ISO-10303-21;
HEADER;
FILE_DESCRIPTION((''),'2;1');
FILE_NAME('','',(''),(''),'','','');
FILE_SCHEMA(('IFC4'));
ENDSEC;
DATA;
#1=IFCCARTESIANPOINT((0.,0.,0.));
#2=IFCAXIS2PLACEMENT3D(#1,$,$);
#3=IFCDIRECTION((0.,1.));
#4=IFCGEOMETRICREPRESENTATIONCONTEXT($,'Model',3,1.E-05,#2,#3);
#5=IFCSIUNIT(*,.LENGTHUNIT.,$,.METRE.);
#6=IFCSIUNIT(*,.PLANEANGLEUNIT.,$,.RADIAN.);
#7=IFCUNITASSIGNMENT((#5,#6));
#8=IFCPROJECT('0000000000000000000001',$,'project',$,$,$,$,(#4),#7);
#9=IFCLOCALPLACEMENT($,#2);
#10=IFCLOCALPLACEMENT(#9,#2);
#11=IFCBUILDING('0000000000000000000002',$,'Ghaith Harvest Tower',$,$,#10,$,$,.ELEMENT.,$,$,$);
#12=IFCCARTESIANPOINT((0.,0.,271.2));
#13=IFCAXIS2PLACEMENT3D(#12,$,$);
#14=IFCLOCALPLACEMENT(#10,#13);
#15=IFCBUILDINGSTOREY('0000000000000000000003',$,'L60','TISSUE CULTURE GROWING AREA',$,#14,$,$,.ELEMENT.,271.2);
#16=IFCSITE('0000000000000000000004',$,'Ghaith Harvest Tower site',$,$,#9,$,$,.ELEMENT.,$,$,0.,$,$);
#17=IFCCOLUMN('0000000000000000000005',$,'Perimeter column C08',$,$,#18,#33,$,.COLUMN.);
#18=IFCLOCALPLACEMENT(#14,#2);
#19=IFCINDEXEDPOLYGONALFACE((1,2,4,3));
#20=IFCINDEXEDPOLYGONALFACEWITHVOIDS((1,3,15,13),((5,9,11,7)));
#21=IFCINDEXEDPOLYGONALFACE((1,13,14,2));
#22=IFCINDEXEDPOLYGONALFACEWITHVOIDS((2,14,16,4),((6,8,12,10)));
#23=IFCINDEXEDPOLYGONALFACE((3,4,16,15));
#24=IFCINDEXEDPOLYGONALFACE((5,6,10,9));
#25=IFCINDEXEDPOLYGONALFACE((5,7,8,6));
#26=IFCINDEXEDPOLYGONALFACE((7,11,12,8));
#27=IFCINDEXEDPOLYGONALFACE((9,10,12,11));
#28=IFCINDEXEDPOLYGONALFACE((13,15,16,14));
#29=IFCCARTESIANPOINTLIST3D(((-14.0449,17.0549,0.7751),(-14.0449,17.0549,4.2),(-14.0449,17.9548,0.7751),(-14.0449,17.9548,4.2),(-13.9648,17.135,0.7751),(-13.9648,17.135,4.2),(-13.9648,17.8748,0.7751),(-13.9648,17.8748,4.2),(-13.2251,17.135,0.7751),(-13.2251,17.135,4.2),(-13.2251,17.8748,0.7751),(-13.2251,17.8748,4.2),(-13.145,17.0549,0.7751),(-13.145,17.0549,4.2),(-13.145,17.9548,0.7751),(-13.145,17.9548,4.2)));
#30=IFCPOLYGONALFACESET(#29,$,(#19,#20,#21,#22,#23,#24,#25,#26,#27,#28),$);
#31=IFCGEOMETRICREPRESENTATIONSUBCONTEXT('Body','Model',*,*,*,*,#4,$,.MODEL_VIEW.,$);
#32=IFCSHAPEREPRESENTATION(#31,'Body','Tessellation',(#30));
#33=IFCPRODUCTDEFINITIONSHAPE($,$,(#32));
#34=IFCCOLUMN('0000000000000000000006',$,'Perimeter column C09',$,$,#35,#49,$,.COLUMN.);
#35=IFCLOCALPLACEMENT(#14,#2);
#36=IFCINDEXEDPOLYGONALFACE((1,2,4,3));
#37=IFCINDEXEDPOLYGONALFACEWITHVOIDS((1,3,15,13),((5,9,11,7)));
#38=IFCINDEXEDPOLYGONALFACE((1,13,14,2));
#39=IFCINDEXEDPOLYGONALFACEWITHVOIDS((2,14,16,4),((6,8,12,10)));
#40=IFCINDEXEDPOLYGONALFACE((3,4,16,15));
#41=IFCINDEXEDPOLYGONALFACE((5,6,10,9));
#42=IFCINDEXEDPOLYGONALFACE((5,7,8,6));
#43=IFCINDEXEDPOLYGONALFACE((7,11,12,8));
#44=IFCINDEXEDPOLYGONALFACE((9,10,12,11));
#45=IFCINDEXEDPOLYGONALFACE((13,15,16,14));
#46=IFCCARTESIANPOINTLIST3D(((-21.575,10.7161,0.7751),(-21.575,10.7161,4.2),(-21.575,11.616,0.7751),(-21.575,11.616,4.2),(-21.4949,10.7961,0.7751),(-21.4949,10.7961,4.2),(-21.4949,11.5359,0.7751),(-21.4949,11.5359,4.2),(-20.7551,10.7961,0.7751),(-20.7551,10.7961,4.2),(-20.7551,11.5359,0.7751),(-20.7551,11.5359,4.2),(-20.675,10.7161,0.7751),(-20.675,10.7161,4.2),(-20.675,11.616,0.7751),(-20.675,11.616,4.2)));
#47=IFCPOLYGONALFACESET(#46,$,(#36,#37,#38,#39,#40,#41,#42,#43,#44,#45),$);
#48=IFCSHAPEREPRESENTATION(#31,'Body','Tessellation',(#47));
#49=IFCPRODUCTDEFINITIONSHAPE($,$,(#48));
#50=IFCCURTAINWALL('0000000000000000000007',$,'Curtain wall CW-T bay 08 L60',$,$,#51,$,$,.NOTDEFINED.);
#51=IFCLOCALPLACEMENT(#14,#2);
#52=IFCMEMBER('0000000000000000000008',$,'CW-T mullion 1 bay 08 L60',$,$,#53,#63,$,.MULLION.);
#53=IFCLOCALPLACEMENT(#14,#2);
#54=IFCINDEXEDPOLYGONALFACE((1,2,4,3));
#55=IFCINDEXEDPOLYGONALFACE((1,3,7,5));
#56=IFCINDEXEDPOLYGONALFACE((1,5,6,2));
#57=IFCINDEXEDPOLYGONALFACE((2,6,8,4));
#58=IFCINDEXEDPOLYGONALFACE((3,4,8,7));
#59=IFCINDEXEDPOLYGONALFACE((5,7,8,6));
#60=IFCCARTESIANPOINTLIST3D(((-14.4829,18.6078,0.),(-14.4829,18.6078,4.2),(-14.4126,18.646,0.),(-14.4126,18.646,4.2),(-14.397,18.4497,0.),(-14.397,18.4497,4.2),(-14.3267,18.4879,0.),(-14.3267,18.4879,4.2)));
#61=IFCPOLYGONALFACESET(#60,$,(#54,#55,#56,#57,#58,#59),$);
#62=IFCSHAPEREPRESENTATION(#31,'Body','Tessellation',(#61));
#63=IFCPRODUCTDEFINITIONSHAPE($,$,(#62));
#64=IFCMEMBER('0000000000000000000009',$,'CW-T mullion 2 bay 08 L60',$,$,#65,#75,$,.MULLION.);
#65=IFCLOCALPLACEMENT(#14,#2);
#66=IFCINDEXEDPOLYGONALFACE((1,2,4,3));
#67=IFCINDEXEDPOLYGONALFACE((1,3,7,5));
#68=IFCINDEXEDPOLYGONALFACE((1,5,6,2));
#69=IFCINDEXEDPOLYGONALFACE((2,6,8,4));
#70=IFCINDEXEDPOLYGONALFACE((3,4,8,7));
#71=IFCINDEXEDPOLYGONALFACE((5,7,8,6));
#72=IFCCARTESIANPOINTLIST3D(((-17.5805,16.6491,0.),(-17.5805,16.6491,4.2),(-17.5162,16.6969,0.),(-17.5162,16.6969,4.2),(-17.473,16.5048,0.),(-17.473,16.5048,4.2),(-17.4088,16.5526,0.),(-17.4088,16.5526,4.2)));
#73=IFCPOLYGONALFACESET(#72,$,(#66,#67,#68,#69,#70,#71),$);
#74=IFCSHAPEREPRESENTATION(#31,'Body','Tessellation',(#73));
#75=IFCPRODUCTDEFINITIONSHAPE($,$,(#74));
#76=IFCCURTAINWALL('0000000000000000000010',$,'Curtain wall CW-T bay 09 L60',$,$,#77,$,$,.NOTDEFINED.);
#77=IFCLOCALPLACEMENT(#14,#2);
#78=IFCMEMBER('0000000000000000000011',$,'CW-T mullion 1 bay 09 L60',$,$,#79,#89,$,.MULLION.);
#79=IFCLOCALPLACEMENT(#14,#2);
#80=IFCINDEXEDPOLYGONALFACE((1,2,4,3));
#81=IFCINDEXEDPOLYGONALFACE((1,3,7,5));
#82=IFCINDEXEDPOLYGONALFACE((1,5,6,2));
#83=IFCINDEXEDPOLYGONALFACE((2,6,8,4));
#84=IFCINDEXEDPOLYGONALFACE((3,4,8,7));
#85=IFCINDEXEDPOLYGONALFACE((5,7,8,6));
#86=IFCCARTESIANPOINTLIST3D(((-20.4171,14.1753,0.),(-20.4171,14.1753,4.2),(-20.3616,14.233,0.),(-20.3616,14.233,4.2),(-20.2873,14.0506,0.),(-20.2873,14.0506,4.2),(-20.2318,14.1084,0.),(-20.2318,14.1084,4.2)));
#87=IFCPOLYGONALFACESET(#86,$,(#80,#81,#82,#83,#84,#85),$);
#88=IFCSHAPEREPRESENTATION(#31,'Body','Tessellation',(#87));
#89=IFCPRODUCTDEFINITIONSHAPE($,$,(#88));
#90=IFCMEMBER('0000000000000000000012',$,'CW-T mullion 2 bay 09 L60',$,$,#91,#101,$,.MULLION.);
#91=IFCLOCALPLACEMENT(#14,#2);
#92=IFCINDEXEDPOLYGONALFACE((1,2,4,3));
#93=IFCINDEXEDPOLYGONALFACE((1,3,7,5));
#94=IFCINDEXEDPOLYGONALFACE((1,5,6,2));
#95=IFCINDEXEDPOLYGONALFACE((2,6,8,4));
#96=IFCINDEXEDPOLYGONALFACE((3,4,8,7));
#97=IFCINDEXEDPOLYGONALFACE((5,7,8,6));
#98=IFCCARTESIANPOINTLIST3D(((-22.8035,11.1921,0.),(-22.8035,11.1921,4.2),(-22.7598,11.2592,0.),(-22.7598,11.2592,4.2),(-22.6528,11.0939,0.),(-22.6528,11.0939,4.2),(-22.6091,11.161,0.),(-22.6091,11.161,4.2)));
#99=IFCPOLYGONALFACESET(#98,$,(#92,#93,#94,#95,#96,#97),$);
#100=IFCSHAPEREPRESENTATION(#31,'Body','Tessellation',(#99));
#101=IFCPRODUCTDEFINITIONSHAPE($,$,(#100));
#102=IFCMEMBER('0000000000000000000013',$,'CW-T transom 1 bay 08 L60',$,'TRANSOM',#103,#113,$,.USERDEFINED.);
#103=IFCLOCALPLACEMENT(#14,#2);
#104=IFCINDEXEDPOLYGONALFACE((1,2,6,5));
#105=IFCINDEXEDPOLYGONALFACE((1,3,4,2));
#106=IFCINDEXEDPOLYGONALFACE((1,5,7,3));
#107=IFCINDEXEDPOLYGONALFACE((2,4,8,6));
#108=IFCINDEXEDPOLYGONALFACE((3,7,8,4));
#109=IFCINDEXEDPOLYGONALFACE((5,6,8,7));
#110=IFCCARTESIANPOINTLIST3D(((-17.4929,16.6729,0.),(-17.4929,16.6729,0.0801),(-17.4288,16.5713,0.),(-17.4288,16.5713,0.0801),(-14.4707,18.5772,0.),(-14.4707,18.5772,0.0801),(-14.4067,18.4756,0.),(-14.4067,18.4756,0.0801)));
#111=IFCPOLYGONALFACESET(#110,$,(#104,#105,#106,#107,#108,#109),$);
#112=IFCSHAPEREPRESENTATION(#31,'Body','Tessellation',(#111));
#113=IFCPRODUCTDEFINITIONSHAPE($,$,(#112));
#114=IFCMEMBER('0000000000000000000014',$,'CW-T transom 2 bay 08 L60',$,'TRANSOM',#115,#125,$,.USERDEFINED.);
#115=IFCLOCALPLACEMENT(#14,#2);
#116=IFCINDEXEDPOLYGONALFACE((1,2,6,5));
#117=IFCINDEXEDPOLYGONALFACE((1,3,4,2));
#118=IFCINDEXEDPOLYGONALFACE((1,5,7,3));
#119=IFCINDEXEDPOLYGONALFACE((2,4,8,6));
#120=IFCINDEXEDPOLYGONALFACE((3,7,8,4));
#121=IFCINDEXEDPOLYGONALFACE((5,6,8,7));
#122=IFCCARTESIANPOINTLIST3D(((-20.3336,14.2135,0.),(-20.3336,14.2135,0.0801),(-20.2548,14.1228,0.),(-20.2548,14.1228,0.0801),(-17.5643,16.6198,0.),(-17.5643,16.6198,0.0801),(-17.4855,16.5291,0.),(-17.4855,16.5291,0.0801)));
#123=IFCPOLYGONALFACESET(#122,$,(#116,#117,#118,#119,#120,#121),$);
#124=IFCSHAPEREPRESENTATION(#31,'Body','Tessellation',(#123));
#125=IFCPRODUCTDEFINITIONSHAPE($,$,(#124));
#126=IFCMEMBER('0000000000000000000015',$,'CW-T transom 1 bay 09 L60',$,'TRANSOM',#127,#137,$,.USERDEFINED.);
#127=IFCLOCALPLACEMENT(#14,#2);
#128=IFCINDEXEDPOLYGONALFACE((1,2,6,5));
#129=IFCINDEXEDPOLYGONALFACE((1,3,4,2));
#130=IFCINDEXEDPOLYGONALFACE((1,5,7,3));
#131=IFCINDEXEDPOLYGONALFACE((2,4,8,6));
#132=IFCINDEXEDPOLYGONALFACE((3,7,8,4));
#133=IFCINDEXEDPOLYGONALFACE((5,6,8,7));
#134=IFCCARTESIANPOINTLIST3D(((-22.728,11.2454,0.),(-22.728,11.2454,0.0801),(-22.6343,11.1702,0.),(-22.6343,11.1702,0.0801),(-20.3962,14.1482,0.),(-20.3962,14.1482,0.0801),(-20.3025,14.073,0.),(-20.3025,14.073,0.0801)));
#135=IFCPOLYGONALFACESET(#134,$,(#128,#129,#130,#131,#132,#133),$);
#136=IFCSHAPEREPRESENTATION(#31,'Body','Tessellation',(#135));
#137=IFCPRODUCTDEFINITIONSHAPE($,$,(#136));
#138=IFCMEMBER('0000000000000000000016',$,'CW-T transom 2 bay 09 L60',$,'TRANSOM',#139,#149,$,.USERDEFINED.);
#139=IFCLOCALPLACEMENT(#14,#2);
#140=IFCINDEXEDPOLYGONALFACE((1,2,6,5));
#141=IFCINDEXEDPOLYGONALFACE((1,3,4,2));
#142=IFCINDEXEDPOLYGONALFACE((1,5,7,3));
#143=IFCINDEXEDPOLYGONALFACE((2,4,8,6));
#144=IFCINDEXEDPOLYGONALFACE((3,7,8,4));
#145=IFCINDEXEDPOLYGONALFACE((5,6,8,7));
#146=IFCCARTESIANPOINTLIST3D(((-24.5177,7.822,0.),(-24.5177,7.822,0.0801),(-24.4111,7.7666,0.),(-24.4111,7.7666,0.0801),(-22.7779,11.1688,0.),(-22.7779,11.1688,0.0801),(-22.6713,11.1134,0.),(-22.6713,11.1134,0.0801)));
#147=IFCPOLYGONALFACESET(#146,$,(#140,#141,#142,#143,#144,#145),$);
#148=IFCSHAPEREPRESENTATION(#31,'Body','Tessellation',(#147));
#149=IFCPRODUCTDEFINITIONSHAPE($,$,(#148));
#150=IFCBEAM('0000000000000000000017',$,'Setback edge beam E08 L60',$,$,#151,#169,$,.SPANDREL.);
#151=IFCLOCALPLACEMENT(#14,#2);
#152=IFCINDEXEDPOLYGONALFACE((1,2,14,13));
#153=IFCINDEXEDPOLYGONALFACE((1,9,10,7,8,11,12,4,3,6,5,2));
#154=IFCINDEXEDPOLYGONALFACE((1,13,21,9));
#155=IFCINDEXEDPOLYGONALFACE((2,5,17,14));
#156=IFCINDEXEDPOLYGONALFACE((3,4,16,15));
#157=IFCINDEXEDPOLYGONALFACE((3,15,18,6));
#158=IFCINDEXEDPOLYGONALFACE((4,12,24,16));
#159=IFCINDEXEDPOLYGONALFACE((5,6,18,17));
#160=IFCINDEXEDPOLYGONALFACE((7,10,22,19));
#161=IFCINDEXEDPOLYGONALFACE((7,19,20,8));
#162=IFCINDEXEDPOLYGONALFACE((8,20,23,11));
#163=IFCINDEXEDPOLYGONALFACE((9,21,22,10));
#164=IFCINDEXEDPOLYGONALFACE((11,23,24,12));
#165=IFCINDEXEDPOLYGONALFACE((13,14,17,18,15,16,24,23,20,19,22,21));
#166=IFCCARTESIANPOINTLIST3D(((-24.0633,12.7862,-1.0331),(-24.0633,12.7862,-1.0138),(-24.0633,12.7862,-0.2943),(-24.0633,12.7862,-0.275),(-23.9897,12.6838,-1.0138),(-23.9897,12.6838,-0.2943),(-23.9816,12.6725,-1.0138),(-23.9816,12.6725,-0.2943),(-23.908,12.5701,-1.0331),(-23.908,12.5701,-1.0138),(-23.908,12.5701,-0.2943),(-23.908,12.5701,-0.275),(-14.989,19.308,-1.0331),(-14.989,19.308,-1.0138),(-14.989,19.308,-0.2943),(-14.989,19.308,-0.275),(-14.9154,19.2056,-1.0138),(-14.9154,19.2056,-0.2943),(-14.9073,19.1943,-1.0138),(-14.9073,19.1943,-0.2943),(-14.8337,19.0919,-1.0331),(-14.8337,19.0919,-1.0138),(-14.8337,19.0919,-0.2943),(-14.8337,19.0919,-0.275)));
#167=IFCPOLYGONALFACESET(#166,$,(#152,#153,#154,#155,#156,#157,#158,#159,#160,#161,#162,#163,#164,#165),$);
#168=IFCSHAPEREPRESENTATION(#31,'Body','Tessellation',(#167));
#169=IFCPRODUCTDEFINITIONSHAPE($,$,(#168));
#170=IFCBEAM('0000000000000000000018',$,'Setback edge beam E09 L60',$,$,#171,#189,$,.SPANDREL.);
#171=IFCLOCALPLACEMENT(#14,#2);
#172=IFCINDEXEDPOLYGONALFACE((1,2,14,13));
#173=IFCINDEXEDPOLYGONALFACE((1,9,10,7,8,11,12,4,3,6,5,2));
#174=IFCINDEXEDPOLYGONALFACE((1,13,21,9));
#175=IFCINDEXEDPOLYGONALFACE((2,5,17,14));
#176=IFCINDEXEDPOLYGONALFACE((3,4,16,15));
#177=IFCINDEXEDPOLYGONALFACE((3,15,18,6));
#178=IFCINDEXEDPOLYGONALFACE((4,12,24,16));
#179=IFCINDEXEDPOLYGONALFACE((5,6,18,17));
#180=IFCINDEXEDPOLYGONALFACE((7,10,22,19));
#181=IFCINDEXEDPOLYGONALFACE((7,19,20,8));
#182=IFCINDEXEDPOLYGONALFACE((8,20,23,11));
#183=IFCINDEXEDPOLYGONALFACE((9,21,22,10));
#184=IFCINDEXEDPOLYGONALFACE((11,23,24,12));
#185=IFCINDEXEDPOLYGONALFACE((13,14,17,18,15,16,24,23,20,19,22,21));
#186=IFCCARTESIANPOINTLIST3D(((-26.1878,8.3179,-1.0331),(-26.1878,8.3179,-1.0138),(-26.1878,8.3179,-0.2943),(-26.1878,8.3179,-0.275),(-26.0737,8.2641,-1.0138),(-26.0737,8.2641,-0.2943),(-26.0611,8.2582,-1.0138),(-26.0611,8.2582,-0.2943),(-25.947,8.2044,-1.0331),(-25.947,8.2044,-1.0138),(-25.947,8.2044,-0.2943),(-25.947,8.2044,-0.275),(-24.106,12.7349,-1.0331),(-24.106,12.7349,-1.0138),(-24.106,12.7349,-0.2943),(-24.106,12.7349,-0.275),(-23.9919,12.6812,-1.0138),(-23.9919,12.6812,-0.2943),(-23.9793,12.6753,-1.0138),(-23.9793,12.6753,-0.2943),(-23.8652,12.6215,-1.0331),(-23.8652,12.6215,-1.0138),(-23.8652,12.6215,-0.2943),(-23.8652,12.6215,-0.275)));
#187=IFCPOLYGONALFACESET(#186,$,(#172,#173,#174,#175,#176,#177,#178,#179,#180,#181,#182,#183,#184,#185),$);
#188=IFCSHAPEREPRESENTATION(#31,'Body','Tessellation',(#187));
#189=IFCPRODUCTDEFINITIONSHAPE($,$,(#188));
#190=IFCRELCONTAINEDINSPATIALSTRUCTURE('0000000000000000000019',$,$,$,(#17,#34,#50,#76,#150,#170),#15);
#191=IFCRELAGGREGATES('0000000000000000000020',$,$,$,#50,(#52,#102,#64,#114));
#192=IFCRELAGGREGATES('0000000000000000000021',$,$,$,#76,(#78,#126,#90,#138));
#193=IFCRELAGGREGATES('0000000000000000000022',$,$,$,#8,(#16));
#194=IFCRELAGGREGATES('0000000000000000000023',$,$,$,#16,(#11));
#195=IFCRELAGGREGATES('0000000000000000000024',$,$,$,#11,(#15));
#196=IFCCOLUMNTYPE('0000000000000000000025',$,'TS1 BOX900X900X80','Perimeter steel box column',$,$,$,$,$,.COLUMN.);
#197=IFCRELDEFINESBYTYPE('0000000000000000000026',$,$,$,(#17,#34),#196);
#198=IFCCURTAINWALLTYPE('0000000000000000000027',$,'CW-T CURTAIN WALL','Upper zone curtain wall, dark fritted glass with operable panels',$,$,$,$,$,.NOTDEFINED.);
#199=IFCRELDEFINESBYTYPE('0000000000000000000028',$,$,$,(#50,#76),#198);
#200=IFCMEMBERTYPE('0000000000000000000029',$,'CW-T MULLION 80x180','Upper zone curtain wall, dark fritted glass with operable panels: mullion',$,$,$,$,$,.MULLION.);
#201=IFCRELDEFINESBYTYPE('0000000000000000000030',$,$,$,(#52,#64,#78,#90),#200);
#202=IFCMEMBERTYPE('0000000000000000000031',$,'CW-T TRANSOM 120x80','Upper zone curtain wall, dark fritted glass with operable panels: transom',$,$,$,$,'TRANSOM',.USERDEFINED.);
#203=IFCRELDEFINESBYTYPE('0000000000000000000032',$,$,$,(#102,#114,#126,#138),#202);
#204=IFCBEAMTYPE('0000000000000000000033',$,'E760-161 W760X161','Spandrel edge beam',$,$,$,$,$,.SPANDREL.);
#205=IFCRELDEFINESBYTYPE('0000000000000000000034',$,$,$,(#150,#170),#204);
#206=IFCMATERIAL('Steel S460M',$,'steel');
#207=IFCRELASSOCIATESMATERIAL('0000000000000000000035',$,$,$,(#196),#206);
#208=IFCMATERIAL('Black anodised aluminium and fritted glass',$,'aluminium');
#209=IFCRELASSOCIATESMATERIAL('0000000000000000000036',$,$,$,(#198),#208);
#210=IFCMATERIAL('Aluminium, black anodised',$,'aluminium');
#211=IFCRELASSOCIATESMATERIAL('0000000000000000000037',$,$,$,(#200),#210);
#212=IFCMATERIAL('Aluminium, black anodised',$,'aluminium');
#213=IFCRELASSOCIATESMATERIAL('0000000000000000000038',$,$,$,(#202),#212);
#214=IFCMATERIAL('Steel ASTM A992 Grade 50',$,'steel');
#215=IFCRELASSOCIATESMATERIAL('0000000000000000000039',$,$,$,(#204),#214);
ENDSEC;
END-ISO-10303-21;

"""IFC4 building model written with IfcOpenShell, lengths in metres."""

from ifc_helpers import new_model, si_unit, direction, frame, origin, origin_2d, place, context, subcontext, project, spatial, rectangle, hollow_rectangle, i_section, extrude, material, material_profile, profile_set, type_object, element, aggregate, save


model = new_model("IFC4")

# Units and contexts
model_context = context("Model", 3, precision=1e-05, world=origin(), true_north=direction((0.0, 1.0)))
body_context = subcontext(model_context, "Body", "Model", "MODEL_VIEW")
ifc_project = project(units=[si_unit("LENGTHUNIT", "METRE"), si_unit("PLANEANGLEUNIT", "RADIAN")], contexts=[model_context])

# Site, building, storey
site_placement = place(None, origin())
site = spatial("IfcSite", under=ifc_project, at=site_placement, Name="Ghaith Harvest Tower site", CompositionType="ELEMENT", RefElevation=0.0)
building_placement = place(site_placement, origin())
building = spatial("IfcBuilding", under=site, at=building_placement, Name="Ghaith Harvest Tower", CompositionType="ELEMENT")
storey_placement = place(building_placement, frame((0.0, 0.0, 271.2)))
storey = spatial("IfcBuildingStorey", under=building, at=storey_placement, Name="L60", Description="TISSUE CULTURE GROWING AREA", CompositionType="ELEMENT", Elevation=271.2)

# Columns
ifc_material_1 = material(Name="Steel S460M", Category="steel")
ifc_material_profile_1 = material_profile(ifc_material_1, hollow_rectangle(XDim=0.8999, YDim=0.8999, WallThickness=0.0801, at=origin_2d()), Name="BOX900X900X80")
ifc_profile_set_1 = profile_set([ifc_material_profile_1], Name="Steel S460M")
column_type = type_object("IfcColumnType", Name="TS1 BOX900X900X80", Description="Perimeter steel box column", PredefinedType="COLUMN", material=ifc_profile_set_1)
for number, where, z_axis, x_axis, name in (
    (1, (-13.595, 17.5049, 0.7751), (0.0, 0.0, 1.0), (1.0, 0.0, 0.0), "Perimeter column C08"),
    (2, (-21.125, 11.166, 0.7751), (0.0, 0.0, 1.0), (1.0, 0.0, 0.0), "Perimeter column C09"),
):
    element("IfcColumn", number, at=place(storey_placement, frame(where, z_axis=z_axis, x_axis=x_axis)), inside=storey, type_object=column_type, Name=name, PredefinedType="COLUMN", context=body_context, shape_type="SweptSolid", body=[
        extrude(hollow_rectangle(XDim=0.8999, YDim=0.8999, WallThickness=0.0801, at=origin_2d()), origin(), (0.0, 0.0, 1.0), 3.4248),
    ])

# Curtain walls, members
ifc_material_2 = material(Name="Black anodised aluminium and fritted glass", Category="aluminium")
curtain_wall_type = type_object("IfcCurtainWallType", Name="CW-T CURTAIN WALL", Description="Upper zone curtain wall, dark fritted glass with operable panels", PredefinedType="NOTDEFINED", material=ifc_material_2)
curtain_wall_1_placement = place(storey_placement, origin())
curtain_wall_1 = element("IfcCurtainWall", 3, at=curtain_wall_1_placement, inside=storey, type_object=curtain_wall_type, Name="Curtain wall CW-T bay 08 L60", PredefinedType="NOTDEFINED")
ifc_material_3 = material(Name="Aluminium, black anodised", Category="aluminium")
ifc_material_profile_2 = material_profile(ifc_material_3, rectangle(XDim=0.0801, YDim=0.1799, at=origin_2d()), Name="CW-T MULLION 80x180")
ifc_profile_set_2 = profile_set([ifc_material_profile_2], Name="Aluminium, black anodised")
member_type_1 = type_object("IfcMemberType", Name="CW-T MULLION 80x180", Description="Upper zone curtain wall, dark fritted glass with operable panels: mullion", PredefinedType="MULLION", material=ifc_profile_set_2)
member_1_placement = place(storey_placement, frame((-14.4048, 18.5479, 0.0), z_axis=(0.0, 0.0, 1.0), x_axis=(-0.878672, -0.477426, 0.0)))
member_1 = element("IfcMember", 4, at=member_1_placement, type_object=member_type_1, Name="CW-T mullion 1 bay 08 L60", PredefinedType="MULLION", context=body_context, shape_type="SweptSolid", body=[
    extrude(rectangle(XDim=0.0801, YDim=0.1799, at=origin_2d()), origin(), (0.0, 0.0, 1.0), 4.2),
])
member_2_placement = place(storey_placement, frame((-17.4946, 16.6008, 0.0), z_axis=(0.0, 0.0, 1.0), x_axis=(-0.80219, -0.597069, 0.0)))
member_2 = element("IfcMember", 5, at=member_2_placement, type_object=member_type_1, Name="CW-T mullion 2 bay 08 L60", PredefinedType="MULLION", context=body_context, shape_type="SweptSolid", body=[
    extrude(rectangle(XDim=0.0801, YDim=0.1799, at=origin_2d()), origin(), (0.0, 0.0, 1.0), 4.2),
])
curtain_wall_2_placement = place(storey_placement, origin())
curtain_wall_2 = element("IfcCurtainWall", 6, at=curtain_wall_2_placement, inside=storey, type_object=curtain_wall_type, Name="Curtain wall CW-T bay 09 L60", PredefinedType="NOTDEFINED")
member_3_placement = place(storey_placement, frame((-20.3245, 14.1418, 0.0), z_axis=(0.0, 0.0, 1.0), x_axis=(-0.692826, -0.721104, 0.0)))
member_3 = element("IfcMember", 7, at=member_3_placement, type_object=member_type_1, Name="CW-T mullion 1 bay 09 L60", PredefinedType="MULLION", context=body_context, shape_type="SweptSolid", body=[
    extrude(rectangle(XDim=0.0801, YDim=0.1799, at=origin_2d()), origin(), (0.0, 0.0, 1.0), 4.2),
])
member_4_placement = place(storey_placement, frame((-22.7063, 11.1765, 0.0), z_axis=(0.0, 0.0, 1.0), x_axis=(-0.545865, -0.837873, 0.0)))
member_4 = element("IfcMember", 8, at=member_4_placement, type_object=member_type_1, Name="CW-T mullion 2 bay 09 L60", PredefinedType="MULLION", context=body_context, shape_type="SweptSolid", body=[
    extrude(rectangle(XDim=0.0801, YDim=0.1799, at=origin_2d()), origin(), (0.0, 0.0, 1.0), 4.2),
])

# Members
ifc_material_4 = material(Name="Aluminium, black anodised", Category="aluminium")
ifc_material_profile_3 = material_profile(ifc_material_4, rectangle(XDim=0.1201, YDim=0.0801, at=origin_2d()), Name="CW-T TRANSOM 120x80")
ifc_profile_set_3 = profile_set([ifc_material_profile_3], Name="Aluminium, black anodised")
member_type_2 = type_object("IfcMemberType", Name="CW-T TRANSOM 120x80", Description="Upper zone curtain wall, dark fritted glass with operable panels: transom", ElementType="TRANSOM", PredefinedType="USERDEFINED", material=ifc_profile_set_3)
member_5_placement = place(storey_placement, frame((-14.4387, 18.5264, 0.04), z_axis=(-0.846054, -0.533098, 0.0), x_axis=(0.533098, -0.846054, 0.0)))
member_5 = element("IfcMember", 9, at=member_5_placement, type_object=member_type_2, Name="CW-T transom 1 bay 08 L60", ObjectType="TRANSOM", PredefinedType="USERDEFINED", context=body_context, shape_type="SweptSolid", body=[
    extrude(rectangle(XDim=0.1201, YDim=0.0801, at=origin_2d()), origin(), (0.0, 0.0, 1.0), 3.572),
])
member_6_placement = place(storey_placement, frame((-17.5249, 16.5745, 0.04), z_axis=(-0.754852, -0.655895, 0.0), x_axis=(0.655895, -0.754852, 0.0)))
member_6 = element("IfcMember", 10, at=member_6_placement, type_object=member_type_2, Name="CW-T transom 2 bay 08 L60", ObjectType="TRANSOM", PredefinedType="USERDEFINED", context=body_context, shape_type="SweptSolid", body=[
    extrude(rectangle(XDim=0.1201, YDim=0.0801, at=origin_2d()), origin(), (0.0, 0.0, 1.0), 3.6687),
])
member_7_placement = place(storey_placement, frame((-20.3494, 14.1106, 0.04), z_axis=(-0.626253, -0.77962, 0.0), x_axis=(0.77962, -0.626253, 0.0)))
member_7 = element("IfcMember", 11, at=member_7_placement, type_object=member_type_2, Name="CW-T transom 1 bay 09 L60", ObjectType="TRANSOM", PredefinedType="USERDEFINED", context=body_context, shape_type="SweptSolid", body=[
    extrude(rectangle(XDim=0.1201, YDim=0.0801, at=origin_2d()), origin(), (0.0, 0.0, 1.0), 3.7234),
])
member_8_placement = place(storey_placement, frame((-22.7246, 11.1411, 0.04), z_axis=(-0.461243, -0.887274, 0.0), x_axis=(0.887274, -0.461243, 0.0)))
member_8 = element("IfcMember", 12, at=member_8_placement, type_object=member_type_2, Name="CW-T transom 2 bay 09 L60", ObjectType="TRANSOM", PredefinedType="USERDEFINED", context=body_context, shape_type="SweptSolid", body=[
    extrude(rectangle(XDim=0.1201, YDim=0.0801, at=origin_2d()), origin(), (0.0, 0.0, 1.0), 3.772),
])

# Beams
ifc_material_5 = material(Name="Steel ASTM A992 Grade 50", Category="steel")
ifc_material_profile_4 = material_profile(ifc_material_5, i_section(OverallWidth=0.2661, OverallDepth=0.7581, WebThickness=0.0139, FlangeThickness=0.0193, at=origin_2d()), Name="W760X161")
ifc_profile_set_4 = profile_set([ifc_material_profile_4], Name="Steel ASTM A992 Grade 50")
beam_type_1 = type_object("IfcBeamType", Name="E760-161 W760X161", Description="Spandrel edge beam", PredefinedType="SPANDREL", material=ifc_profile_set_4)
beam_1_placement = place(storey_placement, frame((-14.9114, 19.2, -0.6541), z_axis=(-0.812031, -0.583614, 0.0), x_axis=(0.583614, -0.812031, 0.0)))
element("IfcBeam", 13, at=beam_1_placement, inside=storey, type_object=beam_type_1, Name="Setback edge beam E08 L60", PredefinedType="SPANDREL", context=body_context, shape_type="SweptSolid", body=[
    extrude(i_section(OverallWidth=0.2661, OverallDepth=0.7581, WebThickness=0.0139, FlangeThickness=0.0193, at=origin_2d()), origin(), (0.0, 0.0, 1.0), 11.1748),
])
beam_2_placement = place(storey_placement, frame((-23.9856, 12.6782, -0.6541), z_axis=(-0.426334, -0.904566, 0.0), x_axis=(0.904566, -0.426334, 0.0)))
element("IfcBeam", 14, at=beam_2_placement, inside=storey, type_object=beam_type_1, Name="Setback edge beam E09 L60", PredefinedType="SPANDREL", context=body_context, shape_type="SweptSolid", body=[
    extrude(i_section(OverallWidth=0.2661, OverallDepth=0.7581, WebThickness=0.0139, FlangeThickness=0.0193, at=origin_2d()), origin(), (0.0, 0.0, 1.0), 4.8831),
])

aggregate(curtain_wall_1, [member_1, member_5, member_2, member_6])
aggregate(curtain_wall_2, [member_3, member_7, member_4, member_8])

save(model, "model.ifc")
